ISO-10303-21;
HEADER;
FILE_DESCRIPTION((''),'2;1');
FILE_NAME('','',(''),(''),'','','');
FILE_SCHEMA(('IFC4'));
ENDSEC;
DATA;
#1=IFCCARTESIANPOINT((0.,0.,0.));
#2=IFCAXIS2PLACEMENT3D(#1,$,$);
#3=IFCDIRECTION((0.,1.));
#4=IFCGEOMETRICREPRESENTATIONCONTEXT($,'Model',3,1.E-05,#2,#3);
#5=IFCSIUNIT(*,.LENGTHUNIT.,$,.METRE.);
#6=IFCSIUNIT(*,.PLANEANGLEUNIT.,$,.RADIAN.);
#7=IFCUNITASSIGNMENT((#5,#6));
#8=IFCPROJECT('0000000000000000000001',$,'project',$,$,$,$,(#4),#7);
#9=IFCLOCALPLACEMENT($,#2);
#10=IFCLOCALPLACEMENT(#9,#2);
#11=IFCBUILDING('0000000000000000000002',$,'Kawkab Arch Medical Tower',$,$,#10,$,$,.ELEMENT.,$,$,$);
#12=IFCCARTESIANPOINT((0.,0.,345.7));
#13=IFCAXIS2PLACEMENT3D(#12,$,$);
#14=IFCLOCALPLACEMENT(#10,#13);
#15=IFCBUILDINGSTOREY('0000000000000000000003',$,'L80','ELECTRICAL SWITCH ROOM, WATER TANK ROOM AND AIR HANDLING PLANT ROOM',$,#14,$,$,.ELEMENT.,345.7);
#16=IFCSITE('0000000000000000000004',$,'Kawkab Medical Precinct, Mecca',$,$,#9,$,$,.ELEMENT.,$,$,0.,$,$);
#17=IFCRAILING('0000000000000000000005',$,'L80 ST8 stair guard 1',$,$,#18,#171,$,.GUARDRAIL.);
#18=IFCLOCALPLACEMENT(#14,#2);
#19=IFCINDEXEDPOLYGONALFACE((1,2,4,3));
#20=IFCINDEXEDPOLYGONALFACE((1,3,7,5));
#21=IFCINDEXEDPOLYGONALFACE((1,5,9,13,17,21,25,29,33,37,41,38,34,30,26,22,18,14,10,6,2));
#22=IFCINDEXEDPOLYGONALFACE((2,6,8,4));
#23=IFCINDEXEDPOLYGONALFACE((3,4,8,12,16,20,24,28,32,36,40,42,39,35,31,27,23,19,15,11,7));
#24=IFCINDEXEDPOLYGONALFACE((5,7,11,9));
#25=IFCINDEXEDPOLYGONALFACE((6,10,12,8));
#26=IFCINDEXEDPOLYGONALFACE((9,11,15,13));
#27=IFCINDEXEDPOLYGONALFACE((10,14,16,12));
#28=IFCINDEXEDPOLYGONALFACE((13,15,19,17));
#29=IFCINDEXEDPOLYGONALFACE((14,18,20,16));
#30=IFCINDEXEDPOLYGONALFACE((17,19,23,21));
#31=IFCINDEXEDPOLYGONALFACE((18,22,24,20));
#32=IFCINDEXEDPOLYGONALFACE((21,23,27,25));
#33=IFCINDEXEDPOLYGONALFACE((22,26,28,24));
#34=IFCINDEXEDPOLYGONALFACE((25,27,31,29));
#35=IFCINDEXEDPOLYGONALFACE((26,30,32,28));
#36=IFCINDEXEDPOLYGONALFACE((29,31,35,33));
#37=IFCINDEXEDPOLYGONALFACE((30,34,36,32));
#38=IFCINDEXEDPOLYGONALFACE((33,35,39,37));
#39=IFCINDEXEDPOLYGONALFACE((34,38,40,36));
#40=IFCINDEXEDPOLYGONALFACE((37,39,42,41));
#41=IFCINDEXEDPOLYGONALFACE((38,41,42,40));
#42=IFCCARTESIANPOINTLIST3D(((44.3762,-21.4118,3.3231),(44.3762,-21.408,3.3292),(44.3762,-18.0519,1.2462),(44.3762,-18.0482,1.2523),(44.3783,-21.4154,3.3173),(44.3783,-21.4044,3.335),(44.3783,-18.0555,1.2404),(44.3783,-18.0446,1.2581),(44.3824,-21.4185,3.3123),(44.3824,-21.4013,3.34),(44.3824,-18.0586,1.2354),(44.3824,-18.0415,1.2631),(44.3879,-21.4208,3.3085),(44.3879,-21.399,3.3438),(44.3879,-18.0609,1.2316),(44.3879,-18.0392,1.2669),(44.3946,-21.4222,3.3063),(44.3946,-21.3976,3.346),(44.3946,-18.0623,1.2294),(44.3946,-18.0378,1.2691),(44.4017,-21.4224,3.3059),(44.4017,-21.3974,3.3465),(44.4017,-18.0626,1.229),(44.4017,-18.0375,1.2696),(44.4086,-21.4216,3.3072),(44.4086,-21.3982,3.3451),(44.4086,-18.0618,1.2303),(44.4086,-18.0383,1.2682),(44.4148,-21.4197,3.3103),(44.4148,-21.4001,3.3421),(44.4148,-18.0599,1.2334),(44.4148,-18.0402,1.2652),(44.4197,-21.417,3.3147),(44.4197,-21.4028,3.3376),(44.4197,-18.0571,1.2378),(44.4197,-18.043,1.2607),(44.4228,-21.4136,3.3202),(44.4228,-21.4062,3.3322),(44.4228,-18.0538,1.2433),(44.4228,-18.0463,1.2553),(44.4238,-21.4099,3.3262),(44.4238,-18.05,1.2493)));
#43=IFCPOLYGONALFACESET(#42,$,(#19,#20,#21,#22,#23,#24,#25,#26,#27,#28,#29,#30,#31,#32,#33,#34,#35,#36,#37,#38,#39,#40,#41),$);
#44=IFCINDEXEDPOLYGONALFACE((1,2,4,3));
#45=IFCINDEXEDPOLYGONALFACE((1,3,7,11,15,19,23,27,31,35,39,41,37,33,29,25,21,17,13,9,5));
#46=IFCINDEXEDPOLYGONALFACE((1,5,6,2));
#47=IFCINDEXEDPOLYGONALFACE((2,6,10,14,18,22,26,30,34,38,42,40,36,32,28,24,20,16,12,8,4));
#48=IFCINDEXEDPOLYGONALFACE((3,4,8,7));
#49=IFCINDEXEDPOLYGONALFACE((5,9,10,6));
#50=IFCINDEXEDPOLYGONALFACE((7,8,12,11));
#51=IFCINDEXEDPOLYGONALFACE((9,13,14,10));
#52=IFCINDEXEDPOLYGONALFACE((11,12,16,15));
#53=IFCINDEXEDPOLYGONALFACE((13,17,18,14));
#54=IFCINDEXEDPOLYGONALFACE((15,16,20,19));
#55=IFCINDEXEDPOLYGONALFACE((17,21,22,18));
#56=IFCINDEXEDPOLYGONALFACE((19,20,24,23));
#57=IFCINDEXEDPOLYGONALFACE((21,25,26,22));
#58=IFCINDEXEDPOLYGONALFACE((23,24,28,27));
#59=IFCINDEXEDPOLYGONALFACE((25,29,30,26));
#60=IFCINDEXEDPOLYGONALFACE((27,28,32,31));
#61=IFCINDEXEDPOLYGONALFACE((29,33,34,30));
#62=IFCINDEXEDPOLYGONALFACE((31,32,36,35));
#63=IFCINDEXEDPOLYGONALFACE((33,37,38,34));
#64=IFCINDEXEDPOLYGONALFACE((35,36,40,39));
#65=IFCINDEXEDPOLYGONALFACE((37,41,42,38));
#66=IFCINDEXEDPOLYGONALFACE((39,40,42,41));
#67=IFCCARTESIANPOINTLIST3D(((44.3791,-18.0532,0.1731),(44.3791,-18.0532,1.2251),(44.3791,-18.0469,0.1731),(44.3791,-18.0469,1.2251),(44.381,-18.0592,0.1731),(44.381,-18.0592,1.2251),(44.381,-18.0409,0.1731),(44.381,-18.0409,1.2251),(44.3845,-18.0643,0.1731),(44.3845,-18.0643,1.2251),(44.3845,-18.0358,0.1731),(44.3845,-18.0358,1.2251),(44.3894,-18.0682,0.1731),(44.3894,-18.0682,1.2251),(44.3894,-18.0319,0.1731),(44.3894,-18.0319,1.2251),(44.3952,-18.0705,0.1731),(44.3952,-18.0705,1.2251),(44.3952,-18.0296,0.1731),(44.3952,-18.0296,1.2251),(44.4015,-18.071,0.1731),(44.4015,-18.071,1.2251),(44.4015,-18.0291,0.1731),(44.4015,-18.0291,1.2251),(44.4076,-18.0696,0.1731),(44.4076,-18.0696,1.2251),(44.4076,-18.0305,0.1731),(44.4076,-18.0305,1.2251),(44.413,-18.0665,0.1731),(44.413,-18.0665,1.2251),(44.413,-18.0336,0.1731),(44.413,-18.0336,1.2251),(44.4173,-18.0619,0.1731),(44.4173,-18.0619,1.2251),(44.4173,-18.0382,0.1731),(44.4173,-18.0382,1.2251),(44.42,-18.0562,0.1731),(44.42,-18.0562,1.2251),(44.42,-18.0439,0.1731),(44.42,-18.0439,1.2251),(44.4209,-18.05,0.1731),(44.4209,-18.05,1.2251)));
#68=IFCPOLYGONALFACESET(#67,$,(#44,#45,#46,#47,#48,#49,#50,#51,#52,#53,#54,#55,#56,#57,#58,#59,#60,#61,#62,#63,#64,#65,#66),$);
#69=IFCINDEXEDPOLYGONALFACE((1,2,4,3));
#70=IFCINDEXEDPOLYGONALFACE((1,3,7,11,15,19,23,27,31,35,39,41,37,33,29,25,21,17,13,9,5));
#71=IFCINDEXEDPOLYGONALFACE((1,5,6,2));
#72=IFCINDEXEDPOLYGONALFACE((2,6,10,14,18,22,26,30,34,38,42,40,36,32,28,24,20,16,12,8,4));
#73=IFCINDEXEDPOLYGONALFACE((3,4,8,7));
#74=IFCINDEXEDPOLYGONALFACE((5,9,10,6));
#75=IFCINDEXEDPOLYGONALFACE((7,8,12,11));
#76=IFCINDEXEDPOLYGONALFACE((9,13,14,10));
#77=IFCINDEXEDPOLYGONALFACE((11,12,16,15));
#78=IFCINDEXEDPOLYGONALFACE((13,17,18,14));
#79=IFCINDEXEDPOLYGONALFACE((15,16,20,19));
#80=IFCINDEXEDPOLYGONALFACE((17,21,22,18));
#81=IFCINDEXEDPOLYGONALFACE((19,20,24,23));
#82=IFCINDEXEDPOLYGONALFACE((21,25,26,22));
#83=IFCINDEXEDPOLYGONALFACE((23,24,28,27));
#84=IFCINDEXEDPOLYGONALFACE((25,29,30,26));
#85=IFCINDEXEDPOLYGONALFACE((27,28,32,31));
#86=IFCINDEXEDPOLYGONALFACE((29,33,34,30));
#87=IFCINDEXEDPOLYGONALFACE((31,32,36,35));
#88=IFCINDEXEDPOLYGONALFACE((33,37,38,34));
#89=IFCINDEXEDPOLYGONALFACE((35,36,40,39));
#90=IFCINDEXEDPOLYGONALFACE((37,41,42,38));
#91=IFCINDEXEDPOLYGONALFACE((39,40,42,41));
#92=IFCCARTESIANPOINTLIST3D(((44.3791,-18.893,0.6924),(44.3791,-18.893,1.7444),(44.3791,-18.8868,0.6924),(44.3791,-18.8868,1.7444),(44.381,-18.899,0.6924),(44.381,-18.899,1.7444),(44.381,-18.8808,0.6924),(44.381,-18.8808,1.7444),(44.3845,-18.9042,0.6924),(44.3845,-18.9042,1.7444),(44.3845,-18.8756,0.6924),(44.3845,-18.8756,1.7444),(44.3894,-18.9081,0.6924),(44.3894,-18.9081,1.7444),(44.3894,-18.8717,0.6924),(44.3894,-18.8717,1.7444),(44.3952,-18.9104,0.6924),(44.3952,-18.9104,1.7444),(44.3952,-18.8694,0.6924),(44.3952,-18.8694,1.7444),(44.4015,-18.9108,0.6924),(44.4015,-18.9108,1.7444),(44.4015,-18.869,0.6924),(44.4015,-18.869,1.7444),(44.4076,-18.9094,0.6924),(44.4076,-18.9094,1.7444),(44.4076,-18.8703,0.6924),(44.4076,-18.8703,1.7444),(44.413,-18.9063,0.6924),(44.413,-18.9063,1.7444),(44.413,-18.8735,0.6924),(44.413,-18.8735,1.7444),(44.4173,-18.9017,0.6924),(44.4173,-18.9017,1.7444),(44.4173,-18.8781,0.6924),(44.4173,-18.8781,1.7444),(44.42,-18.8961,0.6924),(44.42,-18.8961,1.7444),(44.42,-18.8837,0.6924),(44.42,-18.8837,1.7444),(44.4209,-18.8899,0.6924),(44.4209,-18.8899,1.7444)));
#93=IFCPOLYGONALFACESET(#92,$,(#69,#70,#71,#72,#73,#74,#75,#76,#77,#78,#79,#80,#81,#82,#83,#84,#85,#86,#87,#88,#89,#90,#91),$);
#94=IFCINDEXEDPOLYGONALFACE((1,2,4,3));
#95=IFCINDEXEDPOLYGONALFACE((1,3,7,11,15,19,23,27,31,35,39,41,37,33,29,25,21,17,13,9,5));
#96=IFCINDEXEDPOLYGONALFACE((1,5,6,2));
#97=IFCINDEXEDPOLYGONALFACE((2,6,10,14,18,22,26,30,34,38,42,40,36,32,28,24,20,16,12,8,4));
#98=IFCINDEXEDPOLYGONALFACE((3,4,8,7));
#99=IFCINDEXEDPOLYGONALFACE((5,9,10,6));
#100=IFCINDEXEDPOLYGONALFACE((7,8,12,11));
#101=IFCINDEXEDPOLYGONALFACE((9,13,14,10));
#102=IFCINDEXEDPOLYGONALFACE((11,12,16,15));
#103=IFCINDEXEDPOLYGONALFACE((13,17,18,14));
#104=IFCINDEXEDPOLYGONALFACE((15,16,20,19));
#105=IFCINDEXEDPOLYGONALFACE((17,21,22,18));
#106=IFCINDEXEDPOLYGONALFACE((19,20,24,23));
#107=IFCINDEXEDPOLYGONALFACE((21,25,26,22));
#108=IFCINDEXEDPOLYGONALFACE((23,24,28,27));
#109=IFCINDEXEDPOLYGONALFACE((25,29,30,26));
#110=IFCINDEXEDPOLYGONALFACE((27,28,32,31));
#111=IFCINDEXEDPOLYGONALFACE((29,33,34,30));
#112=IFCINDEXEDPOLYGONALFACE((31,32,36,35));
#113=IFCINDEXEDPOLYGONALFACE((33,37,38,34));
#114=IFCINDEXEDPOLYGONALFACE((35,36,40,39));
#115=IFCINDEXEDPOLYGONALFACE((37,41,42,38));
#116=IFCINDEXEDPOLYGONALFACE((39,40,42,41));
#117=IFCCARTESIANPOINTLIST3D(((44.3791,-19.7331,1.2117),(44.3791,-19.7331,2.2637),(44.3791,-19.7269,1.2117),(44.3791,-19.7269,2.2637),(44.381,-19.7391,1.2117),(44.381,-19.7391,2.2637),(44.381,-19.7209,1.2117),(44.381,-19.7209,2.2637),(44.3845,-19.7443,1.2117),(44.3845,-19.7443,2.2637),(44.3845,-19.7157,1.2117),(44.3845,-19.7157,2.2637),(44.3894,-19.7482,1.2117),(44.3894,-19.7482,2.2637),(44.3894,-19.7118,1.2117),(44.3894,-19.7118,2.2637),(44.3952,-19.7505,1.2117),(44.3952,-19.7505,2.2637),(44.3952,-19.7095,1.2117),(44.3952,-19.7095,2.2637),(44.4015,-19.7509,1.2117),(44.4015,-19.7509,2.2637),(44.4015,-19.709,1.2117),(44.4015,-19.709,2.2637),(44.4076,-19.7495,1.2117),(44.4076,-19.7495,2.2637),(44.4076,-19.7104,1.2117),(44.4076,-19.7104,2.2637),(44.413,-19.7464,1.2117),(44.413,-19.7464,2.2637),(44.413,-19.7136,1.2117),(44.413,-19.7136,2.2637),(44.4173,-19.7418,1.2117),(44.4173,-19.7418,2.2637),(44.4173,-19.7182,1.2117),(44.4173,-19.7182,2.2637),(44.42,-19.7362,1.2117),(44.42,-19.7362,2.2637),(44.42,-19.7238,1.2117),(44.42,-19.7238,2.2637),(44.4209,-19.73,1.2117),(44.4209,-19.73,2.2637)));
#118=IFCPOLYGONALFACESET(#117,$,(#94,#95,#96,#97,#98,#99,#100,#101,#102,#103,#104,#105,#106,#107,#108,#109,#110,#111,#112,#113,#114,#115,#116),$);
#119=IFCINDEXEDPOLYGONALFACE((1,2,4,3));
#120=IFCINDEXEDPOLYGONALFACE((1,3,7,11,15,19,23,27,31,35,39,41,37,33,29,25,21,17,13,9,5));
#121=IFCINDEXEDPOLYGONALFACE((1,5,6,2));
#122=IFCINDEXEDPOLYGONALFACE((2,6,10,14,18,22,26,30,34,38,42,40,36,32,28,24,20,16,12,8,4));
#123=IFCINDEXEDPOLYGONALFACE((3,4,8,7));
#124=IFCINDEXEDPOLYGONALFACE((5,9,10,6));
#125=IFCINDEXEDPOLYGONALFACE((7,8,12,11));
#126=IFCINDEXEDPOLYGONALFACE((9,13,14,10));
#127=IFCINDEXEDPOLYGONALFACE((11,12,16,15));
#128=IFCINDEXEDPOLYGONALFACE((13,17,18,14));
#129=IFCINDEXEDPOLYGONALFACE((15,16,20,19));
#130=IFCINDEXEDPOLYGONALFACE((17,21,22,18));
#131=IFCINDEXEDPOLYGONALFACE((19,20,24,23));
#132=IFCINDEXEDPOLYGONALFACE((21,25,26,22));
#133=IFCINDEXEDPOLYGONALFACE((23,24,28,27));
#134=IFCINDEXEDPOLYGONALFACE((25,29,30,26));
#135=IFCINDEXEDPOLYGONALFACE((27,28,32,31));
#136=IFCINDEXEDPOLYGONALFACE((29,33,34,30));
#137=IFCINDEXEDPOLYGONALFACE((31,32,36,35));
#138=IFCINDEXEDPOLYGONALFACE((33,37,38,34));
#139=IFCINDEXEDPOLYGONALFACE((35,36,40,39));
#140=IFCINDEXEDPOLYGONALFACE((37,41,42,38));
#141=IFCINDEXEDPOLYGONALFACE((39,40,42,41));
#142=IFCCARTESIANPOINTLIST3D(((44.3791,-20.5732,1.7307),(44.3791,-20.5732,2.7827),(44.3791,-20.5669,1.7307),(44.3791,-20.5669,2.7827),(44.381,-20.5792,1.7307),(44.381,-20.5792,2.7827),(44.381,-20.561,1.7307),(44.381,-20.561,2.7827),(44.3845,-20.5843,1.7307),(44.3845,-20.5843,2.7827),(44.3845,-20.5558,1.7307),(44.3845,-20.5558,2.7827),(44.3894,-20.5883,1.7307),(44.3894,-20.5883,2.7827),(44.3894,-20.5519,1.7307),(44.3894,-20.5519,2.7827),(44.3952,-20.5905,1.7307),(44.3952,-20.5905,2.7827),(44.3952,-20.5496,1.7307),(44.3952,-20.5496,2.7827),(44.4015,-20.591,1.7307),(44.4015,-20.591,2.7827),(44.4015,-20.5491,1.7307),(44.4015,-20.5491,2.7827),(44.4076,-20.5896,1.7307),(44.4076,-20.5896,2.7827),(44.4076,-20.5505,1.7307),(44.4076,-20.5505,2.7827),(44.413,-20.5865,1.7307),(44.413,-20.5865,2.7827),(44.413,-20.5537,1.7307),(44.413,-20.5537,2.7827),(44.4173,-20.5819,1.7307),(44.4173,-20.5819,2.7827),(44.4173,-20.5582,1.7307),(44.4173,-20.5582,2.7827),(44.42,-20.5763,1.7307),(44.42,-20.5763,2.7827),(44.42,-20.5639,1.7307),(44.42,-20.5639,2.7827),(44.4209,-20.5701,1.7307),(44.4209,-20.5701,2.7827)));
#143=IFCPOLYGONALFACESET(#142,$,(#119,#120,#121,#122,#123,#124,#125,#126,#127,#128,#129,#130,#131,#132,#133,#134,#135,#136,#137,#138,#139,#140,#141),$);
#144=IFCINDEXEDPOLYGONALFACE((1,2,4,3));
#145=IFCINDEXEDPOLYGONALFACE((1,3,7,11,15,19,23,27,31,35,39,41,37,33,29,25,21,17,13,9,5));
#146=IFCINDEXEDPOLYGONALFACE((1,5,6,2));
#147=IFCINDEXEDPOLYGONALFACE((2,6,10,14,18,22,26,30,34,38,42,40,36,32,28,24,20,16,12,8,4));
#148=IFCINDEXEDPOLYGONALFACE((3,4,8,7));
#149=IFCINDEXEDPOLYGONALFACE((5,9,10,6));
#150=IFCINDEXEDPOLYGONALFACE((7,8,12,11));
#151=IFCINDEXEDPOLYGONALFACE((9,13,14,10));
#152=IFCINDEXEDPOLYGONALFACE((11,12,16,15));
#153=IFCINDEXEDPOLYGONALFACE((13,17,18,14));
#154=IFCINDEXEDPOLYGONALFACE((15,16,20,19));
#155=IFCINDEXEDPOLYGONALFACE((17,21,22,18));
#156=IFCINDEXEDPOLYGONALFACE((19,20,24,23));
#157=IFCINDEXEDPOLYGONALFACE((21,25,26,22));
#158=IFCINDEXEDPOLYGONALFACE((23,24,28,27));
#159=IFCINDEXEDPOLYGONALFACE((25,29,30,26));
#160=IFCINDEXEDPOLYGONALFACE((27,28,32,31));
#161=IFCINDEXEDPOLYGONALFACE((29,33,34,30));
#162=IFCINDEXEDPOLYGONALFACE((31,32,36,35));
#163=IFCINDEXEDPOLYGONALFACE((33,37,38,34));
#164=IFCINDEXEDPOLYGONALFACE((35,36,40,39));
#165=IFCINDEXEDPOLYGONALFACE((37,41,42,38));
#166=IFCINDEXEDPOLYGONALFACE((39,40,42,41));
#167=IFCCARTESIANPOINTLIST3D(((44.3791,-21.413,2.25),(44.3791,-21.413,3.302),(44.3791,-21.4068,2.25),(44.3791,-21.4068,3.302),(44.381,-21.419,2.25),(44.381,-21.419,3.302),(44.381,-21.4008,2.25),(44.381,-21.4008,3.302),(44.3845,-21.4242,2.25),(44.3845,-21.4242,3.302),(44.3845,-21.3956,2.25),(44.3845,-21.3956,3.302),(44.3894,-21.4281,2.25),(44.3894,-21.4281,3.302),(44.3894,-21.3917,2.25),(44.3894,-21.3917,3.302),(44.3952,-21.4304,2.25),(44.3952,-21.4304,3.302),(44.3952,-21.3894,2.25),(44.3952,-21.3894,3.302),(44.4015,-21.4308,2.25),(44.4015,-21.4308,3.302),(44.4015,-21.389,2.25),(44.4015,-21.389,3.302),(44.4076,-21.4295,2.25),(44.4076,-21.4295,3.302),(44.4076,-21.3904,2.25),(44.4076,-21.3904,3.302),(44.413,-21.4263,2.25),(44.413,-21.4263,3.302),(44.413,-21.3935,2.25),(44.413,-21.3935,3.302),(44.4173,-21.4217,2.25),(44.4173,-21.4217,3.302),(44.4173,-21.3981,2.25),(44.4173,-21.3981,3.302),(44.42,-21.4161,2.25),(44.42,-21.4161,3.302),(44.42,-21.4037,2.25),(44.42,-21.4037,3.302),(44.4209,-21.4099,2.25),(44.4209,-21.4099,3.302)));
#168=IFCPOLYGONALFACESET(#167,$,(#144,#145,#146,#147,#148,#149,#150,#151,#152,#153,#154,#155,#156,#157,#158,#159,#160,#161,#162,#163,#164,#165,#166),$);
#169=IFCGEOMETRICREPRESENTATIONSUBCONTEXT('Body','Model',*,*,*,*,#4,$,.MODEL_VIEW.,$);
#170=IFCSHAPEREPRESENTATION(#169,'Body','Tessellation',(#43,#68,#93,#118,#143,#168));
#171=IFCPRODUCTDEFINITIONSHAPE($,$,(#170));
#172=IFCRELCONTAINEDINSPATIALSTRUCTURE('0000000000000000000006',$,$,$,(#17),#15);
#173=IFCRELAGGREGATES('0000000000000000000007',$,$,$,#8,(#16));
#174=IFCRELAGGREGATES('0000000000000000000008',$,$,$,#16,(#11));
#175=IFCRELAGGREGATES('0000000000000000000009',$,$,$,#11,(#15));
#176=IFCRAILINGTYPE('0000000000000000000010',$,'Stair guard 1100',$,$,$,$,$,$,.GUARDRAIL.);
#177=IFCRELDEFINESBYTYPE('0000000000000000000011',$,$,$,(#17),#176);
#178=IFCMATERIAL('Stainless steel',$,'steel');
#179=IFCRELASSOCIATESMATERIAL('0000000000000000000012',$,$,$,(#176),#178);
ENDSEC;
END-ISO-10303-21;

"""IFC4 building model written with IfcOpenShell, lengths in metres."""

from ifc_helpers import new_model, si_unit, direction, frame, origin, origin_2d, place, context, subcontext, project, spatial, circle, extrude, material, type_object, element, save


model = new_model("IFC4")

# Units and contexts
model_context = context("Model", 3, precision=1e-05, world=origin(), true_north=direction((0.0, 1.0)))
body_context = subcontext(model_context, "Body", "Model", "MODEL_VIEW")
ifc_project = project(units=[si_unit("LENGTHUNIT", "METRE"), si_unit("PLANEANGLEUNIT", "RADIAN")], contexts=[model_context])

# Site, building, storey
site_placement = place(None, origin())
site = spatial("IfcSite", under=ifc_project, at=site_placement, Name="Kawkab Medical Precinct, Mecca", CompositionType="ELEMENT", RefElevation=0.0)
building_placement = place(site_placement, origin())
building = spatial("IfcBuilding", under=site, at=building_placement, Name="Kawkab Arch Medical Tower", CompositionType="ELEMENT")
storey_placement = place(building_placement, frame((0.0, 0.0, 345.7)))
storey = spatial("IfcBuildingStorey", under=building, at=storey_placement, Name="L80", Description="ELECTRICAL SWITCH ROOM, WATER TANK ROOM AND AIR HANDLING PLANT ROOM", CompositionType="ELEMENT", Elevation=345.7)

# Railing
ifc_material_1 = material(Name="Stainless steel", Category="steel")
railing_type = type_object("IfcRailingType", Name="Stair guard 1100", PredefinedType="GUARDRAIL", material=ifc_material_1)
railing_placement = place(storey_placement, frame((44.3999, -18.05, 0.1731)))
element("IfcRailing", 1, at=railing_placement, inside=storey, type_object=railing_type, Name="L80 ST8 stair guard 1", PredefinedType="GUARDRAIL", context=body_context, shape_type="SweptSolid", body=[
    extrude(circle(Radius=0.0239, at=origin_2d()), frame((0.0, 0.0, 1.0762), z_axis=(0.0, -0.850606, 0.525803), x_axis=(1.0, 0.0, 0.0)), (0.0, 0.0, 1.0), 3.95),
    extrude(circle(Radius=0.021, at=origin_2d()), origin(), (0.0, 0.0, 1.0), 1.052),
    extrude(circle(Radius=0.021, at=origin_2d()), frame((0.0, -0.8398, 0.5193)), (0.0, 0.0, 1.0), 1.052),
    extrude(circle(Radius=0.021, at=origin_2d()), frame((0.0, -1.6799, 1.0386)), (0.0, 0.0, 1.0), 1.052),
    extrude(circle(Radius=0.021, at=origin_2d()), frame((0.0, -2.52, 1.5576)), (0.0, 0.0, 1.0), 1.052),
    extrude(circle(Radius=0.021, at=origin_2d()), frame((0.0, -3.3599, 2.0769)), (0.0, 0.0, 1.0), 1.052),
])

save(model, "model.ifc")
